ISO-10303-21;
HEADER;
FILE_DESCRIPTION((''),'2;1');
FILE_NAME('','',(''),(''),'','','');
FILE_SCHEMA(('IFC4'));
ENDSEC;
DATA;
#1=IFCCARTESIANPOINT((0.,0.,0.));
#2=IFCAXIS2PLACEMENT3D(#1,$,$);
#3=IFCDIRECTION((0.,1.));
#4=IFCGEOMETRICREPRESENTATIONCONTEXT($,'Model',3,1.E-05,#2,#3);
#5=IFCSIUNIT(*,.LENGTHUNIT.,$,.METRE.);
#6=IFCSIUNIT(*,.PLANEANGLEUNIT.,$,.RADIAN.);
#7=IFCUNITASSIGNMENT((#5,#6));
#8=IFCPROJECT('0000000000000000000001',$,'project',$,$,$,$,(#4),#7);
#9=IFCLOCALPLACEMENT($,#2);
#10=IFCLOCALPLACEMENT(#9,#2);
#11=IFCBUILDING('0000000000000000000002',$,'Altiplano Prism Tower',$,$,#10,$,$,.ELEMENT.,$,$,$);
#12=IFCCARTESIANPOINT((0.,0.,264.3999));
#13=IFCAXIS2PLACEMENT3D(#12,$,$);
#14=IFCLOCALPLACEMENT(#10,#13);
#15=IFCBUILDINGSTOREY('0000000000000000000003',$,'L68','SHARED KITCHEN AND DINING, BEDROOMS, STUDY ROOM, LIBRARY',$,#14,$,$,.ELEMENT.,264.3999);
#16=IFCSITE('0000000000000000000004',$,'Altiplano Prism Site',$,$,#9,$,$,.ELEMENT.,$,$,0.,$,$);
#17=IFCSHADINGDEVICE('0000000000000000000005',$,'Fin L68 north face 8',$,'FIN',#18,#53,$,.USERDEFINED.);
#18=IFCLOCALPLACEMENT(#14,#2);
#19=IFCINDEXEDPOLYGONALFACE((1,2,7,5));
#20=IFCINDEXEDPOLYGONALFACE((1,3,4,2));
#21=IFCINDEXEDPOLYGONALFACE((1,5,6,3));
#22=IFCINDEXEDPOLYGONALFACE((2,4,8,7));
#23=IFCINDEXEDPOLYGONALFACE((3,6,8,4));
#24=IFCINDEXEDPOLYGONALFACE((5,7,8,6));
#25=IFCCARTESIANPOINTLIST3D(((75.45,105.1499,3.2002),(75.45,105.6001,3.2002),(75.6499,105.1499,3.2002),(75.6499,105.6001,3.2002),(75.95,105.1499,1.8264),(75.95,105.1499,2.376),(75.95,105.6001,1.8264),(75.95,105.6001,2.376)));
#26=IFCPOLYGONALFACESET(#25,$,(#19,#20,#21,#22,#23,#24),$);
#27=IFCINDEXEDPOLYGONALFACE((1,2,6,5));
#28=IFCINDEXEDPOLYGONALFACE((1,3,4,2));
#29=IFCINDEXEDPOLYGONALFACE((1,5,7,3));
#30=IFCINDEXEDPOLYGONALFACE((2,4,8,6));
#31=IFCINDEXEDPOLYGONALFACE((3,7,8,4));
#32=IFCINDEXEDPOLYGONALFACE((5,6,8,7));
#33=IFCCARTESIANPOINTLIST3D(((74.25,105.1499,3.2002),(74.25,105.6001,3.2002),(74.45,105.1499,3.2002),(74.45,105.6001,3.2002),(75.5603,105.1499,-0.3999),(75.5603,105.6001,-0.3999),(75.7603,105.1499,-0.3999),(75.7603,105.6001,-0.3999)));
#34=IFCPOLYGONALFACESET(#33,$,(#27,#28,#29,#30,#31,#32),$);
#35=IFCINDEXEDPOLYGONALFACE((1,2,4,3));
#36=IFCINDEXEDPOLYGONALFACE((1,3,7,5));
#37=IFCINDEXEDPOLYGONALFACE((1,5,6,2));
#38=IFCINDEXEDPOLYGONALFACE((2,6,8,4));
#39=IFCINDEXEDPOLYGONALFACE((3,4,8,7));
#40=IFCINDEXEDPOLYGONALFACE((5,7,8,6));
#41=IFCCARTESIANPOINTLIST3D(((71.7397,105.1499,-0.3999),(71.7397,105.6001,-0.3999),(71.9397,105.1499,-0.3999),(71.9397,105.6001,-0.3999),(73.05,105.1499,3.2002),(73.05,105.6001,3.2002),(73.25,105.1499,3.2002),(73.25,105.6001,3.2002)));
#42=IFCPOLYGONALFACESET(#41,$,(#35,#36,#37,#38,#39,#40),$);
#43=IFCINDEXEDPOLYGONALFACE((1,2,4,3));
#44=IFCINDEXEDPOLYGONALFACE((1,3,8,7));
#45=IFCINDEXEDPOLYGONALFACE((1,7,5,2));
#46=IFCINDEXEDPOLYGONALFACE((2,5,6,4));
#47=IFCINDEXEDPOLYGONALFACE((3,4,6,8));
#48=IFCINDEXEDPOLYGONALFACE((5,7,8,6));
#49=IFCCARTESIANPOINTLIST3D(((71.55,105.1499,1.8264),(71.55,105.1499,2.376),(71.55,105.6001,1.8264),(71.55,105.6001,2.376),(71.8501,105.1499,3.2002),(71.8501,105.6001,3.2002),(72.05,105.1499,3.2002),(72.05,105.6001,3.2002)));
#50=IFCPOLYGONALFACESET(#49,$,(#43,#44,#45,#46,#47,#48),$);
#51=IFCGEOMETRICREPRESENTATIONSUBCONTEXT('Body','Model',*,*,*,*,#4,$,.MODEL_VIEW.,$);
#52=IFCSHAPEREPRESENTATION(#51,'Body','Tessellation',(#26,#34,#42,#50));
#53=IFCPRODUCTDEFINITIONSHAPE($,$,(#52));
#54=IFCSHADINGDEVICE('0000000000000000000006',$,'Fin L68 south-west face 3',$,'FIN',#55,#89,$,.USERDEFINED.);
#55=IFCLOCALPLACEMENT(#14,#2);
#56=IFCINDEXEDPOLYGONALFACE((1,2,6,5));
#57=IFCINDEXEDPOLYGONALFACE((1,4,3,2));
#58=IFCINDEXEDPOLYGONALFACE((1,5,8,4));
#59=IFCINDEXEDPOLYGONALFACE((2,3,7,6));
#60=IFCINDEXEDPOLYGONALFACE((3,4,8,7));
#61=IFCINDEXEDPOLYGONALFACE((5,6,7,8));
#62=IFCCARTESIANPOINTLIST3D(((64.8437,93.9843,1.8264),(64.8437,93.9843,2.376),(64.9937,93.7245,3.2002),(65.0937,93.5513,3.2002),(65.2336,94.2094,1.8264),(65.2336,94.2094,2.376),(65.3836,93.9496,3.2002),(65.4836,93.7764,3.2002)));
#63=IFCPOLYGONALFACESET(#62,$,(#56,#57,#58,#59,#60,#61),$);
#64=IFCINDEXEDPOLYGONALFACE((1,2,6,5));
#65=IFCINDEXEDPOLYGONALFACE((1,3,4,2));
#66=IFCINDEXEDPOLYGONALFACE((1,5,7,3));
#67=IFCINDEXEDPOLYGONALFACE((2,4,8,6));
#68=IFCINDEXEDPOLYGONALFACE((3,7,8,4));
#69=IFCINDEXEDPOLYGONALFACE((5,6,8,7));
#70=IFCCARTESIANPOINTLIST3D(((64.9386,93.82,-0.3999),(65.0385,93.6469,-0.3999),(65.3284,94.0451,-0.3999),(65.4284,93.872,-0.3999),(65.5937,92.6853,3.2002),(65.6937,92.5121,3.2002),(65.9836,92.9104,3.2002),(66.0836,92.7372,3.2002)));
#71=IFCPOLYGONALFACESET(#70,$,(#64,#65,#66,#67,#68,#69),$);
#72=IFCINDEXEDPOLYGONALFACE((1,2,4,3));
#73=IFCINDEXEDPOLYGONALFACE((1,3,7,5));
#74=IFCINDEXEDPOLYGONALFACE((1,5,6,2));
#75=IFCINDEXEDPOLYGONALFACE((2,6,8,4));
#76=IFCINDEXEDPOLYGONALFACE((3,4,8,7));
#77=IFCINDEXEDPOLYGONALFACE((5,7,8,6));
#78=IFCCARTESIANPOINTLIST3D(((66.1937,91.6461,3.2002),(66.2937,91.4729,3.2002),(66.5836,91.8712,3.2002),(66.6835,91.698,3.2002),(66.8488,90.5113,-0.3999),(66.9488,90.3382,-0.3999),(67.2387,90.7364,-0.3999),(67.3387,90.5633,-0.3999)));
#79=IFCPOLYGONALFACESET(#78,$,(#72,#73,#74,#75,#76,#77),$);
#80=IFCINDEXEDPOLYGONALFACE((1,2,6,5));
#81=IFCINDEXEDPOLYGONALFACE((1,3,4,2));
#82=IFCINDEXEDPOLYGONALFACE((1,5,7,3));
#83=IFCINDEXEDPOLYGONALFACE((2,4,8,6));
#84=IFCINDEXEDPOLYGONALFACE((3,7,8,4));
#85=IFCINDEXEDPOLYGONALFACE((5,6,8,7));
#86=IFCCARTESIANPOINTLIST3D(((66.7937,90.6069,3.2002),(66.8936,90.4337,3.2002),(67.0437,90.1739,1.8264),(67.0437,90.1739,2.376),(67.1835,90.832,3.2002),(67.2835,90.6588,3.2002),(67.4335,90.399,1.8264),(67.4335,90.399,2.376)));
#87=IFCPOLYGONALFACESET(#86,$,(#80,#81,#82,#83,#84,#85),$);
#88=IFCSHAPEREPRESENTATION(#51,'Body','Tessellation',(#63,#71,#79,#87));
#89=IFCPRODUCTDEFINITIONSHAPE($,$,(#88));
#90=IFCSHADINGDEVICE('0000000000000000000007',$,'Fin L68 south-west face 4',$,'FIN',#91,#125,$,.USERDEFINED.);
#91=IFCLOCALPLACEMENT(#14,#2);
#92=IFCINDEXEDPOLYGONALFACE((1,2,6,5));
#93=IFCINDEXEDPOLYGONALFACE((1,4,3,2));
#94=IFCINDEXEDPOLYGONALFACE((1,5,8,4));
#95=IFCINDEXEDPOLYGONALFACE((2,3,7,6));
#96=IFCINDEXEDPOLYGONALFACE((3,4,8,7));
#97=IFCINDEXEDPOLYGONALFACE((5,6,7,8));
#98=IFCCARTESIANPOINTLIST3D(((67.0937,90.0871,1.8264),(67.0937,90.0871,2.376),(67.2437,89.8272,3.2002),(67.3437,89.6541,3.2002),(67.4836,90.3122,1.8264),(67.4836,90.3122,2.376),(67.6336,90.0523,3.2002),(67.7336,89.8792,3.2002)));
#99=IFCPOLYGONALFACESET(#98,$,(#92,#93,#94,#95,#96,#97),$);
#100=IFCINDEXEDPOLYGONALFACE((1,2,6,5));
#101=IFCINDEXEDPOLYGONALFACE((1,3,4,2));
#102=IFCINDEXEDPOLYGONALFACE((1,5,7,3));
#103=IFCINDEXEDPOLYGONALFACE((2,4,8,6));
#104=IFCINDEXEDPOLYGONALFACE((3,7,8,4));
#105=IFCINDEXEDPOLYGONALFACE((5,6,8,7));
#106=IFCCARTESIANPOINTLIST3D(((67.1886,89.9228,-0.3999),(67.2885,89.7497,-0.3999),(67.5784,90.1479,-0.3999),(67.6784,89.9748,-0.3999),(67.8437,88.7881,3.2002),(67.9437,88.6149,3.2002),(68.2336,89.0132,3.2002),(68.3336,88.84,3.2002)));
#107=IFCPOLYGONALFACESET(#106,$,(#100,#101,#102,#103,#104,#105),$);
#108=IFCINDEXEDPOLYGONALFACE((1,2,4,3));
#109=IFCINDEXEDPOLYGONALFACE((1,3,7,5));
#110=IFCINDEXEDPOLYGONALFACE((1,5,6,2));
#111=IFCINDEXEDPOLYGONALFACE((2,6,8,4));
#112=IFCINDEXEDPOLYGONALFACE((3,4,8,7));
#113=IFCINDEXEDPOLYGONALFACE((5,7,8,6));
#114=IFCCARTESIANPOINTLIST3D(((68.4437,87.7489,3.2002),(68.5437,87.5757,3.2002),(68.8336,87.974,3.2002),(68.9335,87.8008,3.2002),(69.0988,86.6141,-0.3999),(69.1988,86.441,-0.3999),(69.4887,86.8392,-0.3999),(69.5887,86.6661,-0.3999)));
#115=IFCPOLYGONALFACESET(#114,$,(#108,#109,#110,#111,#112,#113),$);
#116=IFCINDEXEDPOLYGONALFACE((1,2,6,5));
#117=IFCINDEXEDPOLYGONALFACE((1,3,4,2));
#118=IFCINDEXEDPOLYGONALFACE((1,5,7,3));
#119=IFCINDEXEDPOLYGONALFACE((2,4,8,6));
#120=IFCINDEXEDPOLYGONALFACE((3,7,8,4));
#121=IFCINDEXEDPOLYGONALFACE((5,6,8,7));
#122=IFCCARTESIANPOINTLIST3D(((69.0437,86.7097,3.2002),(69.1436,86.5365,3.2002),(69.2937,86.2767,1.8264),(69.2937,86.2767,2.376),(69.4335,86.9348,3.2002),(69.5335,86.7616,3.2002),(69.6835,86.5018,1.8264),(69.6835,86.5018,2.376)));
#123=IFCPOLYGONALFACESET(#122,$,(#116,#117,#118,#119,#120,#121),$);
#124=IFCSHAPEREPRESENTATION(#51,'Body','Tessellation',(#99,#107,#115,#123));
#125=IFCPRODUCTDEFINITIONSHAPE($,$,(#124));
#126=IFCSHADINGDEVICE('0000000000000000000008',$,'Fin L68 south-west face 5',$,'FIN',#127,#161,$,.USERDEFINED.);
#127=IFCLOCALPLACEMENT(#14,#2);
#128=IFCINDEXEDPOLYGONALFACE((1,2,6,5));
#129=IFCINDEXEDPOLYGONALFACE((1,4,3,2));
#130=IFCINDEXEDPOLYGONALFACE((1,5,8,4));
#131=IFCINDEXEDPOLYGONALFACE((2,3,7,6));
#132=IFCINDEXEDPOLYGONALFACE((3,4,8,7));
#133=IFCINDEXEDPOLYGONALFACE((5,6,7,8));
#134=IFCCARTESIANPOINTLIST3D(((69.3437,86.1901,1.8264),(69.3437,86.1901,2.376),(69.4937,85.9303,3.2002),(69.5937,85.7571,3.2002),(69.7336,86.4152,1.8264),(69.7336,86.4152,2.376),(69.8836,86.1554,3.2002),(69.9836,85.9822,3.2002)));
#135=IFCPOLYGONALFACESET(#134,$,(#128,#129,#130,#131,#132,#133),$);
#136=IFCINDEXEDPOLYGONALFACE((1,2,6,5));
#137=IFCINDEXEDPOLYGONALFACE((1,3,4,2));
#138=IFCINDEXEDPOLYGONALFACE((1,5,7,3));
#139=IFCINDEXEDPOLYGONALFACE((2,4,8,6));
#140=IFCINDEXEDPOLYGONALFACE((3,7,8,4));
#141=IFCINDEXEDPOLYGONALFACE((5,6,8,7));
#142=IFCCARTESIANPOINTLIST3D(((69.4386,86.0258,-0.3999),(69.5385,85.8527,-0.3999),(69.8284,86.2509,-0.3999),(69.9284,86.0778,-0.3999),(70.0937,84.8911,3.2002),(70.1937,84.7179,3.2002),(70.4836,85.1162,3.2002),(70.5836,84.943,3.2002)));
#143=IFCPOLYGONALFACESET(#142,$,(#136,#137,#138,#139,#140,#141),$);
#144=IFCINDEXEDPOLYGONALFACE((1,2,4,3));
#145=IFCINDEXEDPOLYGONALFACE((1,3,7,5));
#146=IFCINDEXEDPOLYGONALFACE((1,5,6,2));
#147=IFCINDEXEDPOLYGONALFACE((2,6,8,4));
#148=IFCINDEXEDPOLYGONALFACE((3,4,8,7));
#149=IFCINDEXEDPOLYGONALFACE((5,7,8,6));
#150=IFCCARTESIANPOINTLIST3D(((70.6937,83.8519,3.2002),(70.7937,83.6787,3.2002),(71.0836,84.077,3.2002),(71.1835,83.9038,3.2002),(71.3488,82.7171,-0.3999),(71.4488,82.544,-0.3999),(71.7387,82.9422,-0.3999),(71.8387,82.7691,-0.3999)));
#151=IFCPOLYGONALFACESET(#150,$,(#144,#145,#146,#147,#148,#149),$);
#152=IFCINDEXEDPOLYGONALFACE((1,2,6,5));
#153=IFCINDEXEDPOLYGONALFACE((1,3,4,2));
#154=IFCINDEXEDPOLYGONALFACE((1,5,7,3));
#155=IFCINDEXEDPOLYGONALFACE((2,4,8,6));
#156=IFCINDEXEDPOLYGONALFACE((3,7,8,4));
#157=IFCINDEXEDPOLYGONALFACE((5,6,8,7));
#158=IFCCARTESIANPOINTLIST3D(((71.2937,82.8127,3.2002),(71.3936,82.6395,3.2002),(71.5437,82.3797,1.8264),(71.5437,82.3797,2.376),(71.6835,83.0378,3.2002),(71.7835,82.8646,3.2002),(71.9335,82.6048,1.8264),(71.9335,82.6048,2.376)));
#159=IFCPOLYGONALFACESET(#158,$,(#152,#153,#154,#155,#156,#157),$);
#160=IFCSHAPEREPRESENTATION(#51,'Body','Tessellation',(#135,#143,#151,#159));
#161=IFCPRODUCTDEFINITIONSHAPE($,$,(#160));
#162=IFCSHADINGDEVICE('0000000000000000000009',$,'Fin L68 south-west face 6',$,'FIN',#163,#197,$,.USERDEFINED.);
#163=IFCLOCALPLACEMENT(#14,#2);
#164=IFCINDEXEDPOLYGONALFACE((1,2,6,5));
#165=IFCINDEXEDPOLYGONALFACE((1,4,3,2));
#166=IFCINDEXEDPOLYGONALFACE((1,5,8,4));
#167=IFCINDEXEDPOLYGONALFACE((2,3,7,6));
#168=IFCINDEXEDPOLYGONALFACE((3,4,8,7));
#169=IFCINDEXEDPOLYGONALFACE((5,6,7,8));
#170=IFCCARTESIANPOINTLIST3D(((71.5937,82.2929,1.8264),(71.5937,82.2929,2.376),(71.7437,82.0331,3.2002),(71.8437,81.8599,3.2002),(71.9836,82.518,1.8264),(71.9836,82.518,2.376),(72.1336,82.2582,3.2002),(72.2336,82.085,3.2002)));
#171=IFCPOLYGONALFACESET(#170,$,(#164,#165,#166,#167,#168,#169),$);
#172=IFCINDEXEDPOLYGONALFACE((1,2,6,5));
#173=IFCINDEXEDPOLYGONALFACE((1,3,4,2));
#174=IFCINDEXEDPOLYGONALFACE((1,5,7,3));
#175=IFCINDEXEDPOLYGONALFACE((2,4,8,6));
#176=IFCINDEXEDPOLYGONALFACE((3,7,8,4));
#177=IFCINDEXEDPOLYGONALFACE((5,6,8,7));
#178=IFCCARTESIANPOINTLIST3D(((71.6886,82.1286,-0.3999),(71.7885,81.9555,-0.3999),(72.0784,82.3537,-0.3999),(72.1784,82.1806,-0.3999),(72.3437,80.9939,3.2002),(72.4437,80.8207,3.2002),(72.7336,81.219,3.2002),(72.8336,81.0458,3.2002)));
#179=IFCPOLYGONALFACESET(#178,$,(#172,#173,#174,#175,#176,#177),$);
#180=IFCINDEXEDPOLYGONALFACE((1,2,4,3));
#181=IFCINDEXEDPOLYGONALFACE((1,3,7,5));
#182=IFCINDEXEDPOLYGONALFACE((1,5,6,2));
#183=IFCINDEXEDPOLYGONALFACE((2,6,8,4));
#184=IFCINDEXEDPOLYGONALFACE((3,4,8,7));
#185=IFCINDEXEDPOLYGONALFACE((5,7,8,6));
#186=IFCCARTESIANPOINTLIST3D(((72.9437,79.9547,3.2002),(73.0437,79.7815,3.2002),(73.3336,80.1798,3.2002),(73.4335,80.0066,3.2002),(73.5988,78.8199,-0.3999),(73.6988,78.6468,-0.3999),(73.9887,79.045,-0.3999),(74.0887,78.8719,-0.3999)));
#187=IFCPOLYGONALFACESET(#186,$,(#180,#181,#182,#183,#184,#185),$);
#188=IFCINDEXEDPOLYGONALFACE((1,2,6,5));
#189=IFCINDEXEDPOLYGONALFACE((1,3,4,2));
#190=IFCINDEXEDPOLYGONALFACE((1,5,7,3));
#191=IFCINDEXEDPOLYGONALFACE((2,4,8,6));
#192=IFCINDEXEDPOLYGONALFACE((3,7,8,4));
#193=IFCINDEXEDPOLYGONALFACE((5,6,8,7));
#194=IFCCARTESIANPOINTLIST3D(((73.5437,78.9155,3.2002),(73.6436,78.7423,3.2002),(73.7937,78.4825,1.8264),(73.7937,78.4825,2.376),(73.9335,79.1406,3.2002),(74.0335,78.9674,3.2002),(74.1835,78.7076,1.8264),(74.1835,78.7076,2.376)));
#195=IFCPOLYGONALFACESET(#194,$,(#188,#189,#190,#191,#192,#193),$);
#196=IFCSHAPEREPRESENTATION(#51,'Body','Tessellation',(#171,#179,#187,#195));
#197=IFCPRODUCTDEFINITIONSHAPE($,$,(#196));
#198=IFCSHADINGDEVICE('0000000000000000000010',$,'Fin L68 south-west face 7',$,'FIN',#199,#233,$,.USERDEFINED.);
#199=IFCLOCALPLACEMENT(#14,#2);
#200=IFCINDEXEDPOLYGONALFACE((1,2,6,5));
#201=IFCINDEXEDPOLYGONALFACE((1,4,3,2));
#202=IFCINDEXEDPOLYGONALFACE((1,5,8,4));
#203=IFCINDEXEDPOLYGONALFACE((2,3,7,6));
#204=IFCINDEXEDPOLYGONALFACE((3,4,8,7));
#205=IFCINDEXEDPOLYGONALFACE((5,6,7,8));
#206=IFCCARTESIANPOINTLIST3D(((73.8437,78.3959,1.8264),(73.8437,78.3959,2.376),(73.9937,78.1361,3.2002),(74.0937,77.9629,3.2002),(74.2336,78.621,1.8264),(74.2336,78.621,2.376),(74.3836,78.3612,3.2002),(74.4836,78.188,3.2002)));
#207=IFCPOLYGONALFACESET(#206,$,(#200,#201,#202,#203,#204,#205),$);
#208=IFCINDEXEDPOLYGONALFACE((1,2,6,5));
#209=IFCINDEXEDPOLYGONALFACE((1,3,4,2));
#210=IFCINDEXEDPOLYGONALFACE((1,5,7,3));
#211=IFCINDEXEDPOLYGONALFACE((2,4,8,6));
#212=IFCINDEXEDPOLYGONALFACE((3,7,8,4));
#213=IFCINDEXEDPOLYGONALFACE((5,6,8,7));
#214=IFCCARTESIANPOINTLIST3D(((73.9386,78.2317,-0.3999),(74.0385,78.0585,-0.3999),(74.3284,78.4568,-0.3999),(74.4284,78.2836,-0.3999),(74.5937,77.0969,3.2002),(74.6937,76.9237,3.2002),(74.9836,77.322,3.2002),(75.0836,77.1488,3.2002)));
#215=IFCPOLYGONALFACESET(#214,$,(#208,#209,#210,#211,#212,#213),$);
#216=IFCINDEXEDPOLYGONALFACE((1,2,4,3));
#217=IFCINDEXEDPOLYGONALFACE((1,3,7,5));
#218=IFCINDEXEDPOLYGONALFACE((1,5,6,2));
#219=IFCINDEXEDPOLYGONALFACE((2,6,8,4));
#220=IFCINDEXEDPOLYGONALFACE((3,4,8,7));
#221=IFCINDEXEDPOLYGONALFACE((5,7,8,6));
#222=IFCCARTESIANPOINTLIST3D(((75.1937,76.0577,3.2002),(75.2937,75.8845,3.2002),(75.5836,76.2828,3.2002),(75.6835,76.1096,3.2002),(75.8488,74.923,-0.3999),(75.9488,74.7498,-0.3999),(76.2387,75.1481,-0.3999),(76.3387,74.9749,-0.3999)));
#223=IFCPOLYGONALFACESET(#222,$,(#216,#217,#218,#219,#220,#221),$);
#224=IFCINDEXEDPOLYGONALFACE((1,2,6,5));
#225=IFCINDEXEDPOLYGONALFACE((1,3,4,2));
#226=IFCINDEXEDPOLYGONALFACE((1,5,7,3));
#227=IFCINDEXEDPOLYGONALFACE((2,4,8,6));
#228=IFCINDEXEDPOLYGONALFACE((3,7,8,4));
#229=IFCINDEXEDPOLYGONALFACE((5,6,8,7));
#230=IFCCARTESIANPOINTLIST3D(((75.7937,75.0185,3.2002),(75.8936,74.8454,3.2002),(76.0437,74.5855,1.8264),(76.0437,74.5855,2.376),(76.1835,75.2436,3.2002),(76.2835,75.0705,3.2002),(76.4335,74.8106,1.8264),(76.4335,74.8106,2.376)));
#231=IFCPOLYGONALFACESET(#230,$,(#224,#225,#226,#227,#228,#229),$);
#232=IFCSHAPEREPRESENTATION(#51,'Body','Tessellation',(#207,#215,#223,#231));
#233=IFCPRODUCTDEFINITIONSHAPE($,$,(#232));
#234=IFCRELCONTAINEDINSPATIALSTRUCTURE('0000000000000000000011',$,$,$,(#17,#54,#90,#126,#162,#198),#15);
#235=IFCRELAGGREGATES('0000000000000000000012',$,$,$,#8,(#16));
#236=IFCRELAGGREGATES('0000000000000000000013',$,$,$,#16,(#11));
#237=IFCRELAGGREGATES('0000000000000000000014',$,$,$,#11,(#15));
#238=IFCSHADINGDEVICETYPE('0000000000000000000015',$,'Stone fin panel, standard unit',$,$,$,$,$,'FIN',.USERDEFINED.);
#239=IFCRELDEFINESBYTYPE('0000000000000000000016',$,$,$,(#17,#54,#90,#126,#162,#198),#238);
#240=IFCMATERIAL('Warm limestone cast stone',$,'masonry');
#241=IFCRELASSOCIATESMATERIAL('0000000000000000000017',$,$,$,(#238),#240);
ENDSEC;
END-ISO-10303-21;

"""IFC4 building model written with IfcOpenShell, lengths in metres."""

from ifc_helpers import new_model, si_unit, direction, frame, origin, place, context, subcontext, project, spatial, polyline, outline, extrude, source, transform, mapped, material, type_object, element, save


model = new_model("IFC4")

# Units and contexts
model_context = context("Model", 3, precision=1e-05, world=origin(), true_north=direction((0.0, 1.0)))
body_context = subcontext(model_context, "Body", "Model", "MODEL_VIEW")
ifc_project = project(units=[si_unit("LENGTHUNIT", "METRE"), si_unit("PLANEANGLEUNIT", "RADIAN")], contexts=[model_context])

# Site, building, storey
site_placement = place(None, origin())
site = spatial("IfcSite", under=ifc_project, at=site_placement, Name="Altiplano Prism Site", CompositionType="ELEMENT", RefElevation=0.0)
building_placement = place(site_placement, origin())
building = spatial("IfcBuilding", under=site, at=building_placement, Name="Altiplano Prism Tower", CompositionType="ELEMENT")
storey_placement = place(building_placement, frame((0.0, 0.0, 264.3999)))
storey = spatial("IfcBuildingStorey", under=building, at=storey_placement, Name="L68", Description="SHARED KITCHEN AND DINING, BEDROOMS, STUDY ROOM, LIBRARY", CompositionType="ELEMENT", Elevation=264.3999)

# Shading devices
ifc_material_1 = material(Name="Warm limestone cast stone", Category="masonry")
shading_device_type_1 = type_object("IfcShadingDeviceType", Name="Stone fin panel, standard unit", ElementType="FIN", PredefinedType="USERDEFINED", material=ifc_material_1)
shared_shape_1 = source(origin(), body_context, "Body", "SweptSolid", [
    extrude(outline(polyline([(-2.2, 2.2263), (-1.7, 3.6001), (-1.8999, 3.6001), (-2.2, 2.7759), (-2.2, 2.2263)])), frame((0.0, -0.1499, 0.0), z_axis=(0.0, -1.0, 0.0), x_axis=(1.0, 0.0, 0.0)), (0.0, 0.0, 1.0), 0.4502),
    extrude(outline(polyline([(-2.0103, 0.0), (-1.8103, 0.0), (-0.5, 3.6001), (-0.7, 3.6001), (-2.0103, 0.0)])), frame((0.0, -0.1499, 0.0), z_axis=(0.0, -1.0, 0.0), x_axis=(1.0, 0.0, 0.0)), (0.0, 0.0, 1.0), 0.4502),
    extrude(outline(polyline([(1.8103, 0.0), (2.0103, 0.0), (0.7, 3.6001), (0.5, 3.6001), (1.8103, 0.0)])), frame((0.0, -0.1499, 0.0), z_axis=(0.0, -1.0, 0.0), x_axis=(1.0, 0.0, 0.0)), (0.0, 0.0, 1.0), 0.4502),
    extrude(outline(polyline([(2.2, 2.7759), (1.8999, 3.6001), (1.7, 3.6001), (2.2, 2.2263), (2.2, 2.7759)])), frame((0.0, -0.1499, 0.0), z_axis=(0.0, -1.0, 0.0), x_axis=(1.0, 0.0, 0.0)), (0.0, 0.0, 1.0), 0.4502),
])
shading_device_1_placement = place(storey_placement, origin())
element("IfcShadingDevice", 1, at=shading_device_1_placement, inside=storey, type_object=shading_device_type_1, Name="Fin L68 north face 8", ObjectType="FIN", PredefinedType="USERDEFINED", context=body_context, shape_type="MappedRepresentation", body=[
    mapped(shared_shape_1, transform((73.75, 105.0, -0.3999), x_axis=(-1.0, 0.0, 0.0), y_axis=(0.0, -1.0, 0.0), z_axis=(0.0, 0.0, 1.0))),
])
shading_device_2_placement = place(storey_placement, origin())
element("IfcShadingDevice", 2, at=shading_device_2_placement, inside=storey, type_object=shading_device_type_1, Name="Fin L68 south-west face 3", ObjectType="FIN", PredefinedType="USERDEFINED", context=body_context, shape_type="MappedRepresentation", body=[
    mapped(shared_shape_1, transform((66.4634, 92.3792, -0.3999), x_axis=(0.5, -0.866025, 0.0), y_axis=(0.866025, 0.5, 0.0), z_axis=(0.0, 0.0, 1.0))),
])
shading_device_3_placement = place(storey_placement, origin())
element("IfcShadingDevice", 3, at=shading_device_3_placement, inside=storey, type_object=shading_device_type_1, Name="Fin L68 south-west face 4", ObjectType="FIN", PredefinedType="USERDEFINED", context=body_context, shape_type="MappedRepresentation", body=[
    mapped(shared_shape_1, transform((68.7134, 88.4819, -0.3999), x_axis=(0.5, -0.866025, 0.0), y_axis=(0.866025, 0.5, 0.0), z_axis=(0.0, 0.0, 1.0))),
])
shading_device_4_placement = place(storey_placement, origin())
element("IfcShadingDevice", 4, at=shading_device_4_placement, inside=storey, type_object=shading_device_type_1, Name="Fin L68 south-west face 5", ObjectType="FIN", PredefinedType="USERDEFINED", context=body_context, shape_type="MappedRepresentation", body=[
    mapped(shared_shape_1, transform((70.9634, 84.585, -0.3999), x_axis=(0.5, -0.866025, 0.0), y_axis=(0.866025, 0.5, 0.0), z_axis=(0.0, 0.0, 1.0))),
])
shading_device_5_placement = place(storey_placement, origin())
element("IfcShadingDevice", 5, at=shading_device_5_placement, inside=storey, type_object=shading_device_type_1, Name="Fin L68 south-west face 6", ObjectType="FIN", PredefinedType="USERDEFINED", context=body_context, shape_type="MappedRepresentation", body=[
    mapped(shared_shape_1, transform((73.2134, 80.6877, -0.3999), x_axis=(0.5, -0.866025, 0.0), y_axis=(0.866025, 0.5, 0.0), z_axis=(0.0, 0.0, 1.0))),
])
shading_device_6_placement = place(storey_placement, origin())
element("IfcShadingDevice", 6, at=shading_device_6_placement, inside=storey, type_object=shading_device_type_1, Name="Fin L68 south-west face 7", ObjectType="FIN", PredefinedType="USERDEFINED", context=body_context, shape_type="MappedRepresentation", body=[
    mapped(shared_shape_1, transform((75.4634, 76.7908, -0.3999), x_axis=(0.5, -0.866025, 0.0), y_axis=(0.866025, 0.5, 0.0), z_axis=(0.0, 0.0, 1.0))),
])

save(model, "model.ifc")
